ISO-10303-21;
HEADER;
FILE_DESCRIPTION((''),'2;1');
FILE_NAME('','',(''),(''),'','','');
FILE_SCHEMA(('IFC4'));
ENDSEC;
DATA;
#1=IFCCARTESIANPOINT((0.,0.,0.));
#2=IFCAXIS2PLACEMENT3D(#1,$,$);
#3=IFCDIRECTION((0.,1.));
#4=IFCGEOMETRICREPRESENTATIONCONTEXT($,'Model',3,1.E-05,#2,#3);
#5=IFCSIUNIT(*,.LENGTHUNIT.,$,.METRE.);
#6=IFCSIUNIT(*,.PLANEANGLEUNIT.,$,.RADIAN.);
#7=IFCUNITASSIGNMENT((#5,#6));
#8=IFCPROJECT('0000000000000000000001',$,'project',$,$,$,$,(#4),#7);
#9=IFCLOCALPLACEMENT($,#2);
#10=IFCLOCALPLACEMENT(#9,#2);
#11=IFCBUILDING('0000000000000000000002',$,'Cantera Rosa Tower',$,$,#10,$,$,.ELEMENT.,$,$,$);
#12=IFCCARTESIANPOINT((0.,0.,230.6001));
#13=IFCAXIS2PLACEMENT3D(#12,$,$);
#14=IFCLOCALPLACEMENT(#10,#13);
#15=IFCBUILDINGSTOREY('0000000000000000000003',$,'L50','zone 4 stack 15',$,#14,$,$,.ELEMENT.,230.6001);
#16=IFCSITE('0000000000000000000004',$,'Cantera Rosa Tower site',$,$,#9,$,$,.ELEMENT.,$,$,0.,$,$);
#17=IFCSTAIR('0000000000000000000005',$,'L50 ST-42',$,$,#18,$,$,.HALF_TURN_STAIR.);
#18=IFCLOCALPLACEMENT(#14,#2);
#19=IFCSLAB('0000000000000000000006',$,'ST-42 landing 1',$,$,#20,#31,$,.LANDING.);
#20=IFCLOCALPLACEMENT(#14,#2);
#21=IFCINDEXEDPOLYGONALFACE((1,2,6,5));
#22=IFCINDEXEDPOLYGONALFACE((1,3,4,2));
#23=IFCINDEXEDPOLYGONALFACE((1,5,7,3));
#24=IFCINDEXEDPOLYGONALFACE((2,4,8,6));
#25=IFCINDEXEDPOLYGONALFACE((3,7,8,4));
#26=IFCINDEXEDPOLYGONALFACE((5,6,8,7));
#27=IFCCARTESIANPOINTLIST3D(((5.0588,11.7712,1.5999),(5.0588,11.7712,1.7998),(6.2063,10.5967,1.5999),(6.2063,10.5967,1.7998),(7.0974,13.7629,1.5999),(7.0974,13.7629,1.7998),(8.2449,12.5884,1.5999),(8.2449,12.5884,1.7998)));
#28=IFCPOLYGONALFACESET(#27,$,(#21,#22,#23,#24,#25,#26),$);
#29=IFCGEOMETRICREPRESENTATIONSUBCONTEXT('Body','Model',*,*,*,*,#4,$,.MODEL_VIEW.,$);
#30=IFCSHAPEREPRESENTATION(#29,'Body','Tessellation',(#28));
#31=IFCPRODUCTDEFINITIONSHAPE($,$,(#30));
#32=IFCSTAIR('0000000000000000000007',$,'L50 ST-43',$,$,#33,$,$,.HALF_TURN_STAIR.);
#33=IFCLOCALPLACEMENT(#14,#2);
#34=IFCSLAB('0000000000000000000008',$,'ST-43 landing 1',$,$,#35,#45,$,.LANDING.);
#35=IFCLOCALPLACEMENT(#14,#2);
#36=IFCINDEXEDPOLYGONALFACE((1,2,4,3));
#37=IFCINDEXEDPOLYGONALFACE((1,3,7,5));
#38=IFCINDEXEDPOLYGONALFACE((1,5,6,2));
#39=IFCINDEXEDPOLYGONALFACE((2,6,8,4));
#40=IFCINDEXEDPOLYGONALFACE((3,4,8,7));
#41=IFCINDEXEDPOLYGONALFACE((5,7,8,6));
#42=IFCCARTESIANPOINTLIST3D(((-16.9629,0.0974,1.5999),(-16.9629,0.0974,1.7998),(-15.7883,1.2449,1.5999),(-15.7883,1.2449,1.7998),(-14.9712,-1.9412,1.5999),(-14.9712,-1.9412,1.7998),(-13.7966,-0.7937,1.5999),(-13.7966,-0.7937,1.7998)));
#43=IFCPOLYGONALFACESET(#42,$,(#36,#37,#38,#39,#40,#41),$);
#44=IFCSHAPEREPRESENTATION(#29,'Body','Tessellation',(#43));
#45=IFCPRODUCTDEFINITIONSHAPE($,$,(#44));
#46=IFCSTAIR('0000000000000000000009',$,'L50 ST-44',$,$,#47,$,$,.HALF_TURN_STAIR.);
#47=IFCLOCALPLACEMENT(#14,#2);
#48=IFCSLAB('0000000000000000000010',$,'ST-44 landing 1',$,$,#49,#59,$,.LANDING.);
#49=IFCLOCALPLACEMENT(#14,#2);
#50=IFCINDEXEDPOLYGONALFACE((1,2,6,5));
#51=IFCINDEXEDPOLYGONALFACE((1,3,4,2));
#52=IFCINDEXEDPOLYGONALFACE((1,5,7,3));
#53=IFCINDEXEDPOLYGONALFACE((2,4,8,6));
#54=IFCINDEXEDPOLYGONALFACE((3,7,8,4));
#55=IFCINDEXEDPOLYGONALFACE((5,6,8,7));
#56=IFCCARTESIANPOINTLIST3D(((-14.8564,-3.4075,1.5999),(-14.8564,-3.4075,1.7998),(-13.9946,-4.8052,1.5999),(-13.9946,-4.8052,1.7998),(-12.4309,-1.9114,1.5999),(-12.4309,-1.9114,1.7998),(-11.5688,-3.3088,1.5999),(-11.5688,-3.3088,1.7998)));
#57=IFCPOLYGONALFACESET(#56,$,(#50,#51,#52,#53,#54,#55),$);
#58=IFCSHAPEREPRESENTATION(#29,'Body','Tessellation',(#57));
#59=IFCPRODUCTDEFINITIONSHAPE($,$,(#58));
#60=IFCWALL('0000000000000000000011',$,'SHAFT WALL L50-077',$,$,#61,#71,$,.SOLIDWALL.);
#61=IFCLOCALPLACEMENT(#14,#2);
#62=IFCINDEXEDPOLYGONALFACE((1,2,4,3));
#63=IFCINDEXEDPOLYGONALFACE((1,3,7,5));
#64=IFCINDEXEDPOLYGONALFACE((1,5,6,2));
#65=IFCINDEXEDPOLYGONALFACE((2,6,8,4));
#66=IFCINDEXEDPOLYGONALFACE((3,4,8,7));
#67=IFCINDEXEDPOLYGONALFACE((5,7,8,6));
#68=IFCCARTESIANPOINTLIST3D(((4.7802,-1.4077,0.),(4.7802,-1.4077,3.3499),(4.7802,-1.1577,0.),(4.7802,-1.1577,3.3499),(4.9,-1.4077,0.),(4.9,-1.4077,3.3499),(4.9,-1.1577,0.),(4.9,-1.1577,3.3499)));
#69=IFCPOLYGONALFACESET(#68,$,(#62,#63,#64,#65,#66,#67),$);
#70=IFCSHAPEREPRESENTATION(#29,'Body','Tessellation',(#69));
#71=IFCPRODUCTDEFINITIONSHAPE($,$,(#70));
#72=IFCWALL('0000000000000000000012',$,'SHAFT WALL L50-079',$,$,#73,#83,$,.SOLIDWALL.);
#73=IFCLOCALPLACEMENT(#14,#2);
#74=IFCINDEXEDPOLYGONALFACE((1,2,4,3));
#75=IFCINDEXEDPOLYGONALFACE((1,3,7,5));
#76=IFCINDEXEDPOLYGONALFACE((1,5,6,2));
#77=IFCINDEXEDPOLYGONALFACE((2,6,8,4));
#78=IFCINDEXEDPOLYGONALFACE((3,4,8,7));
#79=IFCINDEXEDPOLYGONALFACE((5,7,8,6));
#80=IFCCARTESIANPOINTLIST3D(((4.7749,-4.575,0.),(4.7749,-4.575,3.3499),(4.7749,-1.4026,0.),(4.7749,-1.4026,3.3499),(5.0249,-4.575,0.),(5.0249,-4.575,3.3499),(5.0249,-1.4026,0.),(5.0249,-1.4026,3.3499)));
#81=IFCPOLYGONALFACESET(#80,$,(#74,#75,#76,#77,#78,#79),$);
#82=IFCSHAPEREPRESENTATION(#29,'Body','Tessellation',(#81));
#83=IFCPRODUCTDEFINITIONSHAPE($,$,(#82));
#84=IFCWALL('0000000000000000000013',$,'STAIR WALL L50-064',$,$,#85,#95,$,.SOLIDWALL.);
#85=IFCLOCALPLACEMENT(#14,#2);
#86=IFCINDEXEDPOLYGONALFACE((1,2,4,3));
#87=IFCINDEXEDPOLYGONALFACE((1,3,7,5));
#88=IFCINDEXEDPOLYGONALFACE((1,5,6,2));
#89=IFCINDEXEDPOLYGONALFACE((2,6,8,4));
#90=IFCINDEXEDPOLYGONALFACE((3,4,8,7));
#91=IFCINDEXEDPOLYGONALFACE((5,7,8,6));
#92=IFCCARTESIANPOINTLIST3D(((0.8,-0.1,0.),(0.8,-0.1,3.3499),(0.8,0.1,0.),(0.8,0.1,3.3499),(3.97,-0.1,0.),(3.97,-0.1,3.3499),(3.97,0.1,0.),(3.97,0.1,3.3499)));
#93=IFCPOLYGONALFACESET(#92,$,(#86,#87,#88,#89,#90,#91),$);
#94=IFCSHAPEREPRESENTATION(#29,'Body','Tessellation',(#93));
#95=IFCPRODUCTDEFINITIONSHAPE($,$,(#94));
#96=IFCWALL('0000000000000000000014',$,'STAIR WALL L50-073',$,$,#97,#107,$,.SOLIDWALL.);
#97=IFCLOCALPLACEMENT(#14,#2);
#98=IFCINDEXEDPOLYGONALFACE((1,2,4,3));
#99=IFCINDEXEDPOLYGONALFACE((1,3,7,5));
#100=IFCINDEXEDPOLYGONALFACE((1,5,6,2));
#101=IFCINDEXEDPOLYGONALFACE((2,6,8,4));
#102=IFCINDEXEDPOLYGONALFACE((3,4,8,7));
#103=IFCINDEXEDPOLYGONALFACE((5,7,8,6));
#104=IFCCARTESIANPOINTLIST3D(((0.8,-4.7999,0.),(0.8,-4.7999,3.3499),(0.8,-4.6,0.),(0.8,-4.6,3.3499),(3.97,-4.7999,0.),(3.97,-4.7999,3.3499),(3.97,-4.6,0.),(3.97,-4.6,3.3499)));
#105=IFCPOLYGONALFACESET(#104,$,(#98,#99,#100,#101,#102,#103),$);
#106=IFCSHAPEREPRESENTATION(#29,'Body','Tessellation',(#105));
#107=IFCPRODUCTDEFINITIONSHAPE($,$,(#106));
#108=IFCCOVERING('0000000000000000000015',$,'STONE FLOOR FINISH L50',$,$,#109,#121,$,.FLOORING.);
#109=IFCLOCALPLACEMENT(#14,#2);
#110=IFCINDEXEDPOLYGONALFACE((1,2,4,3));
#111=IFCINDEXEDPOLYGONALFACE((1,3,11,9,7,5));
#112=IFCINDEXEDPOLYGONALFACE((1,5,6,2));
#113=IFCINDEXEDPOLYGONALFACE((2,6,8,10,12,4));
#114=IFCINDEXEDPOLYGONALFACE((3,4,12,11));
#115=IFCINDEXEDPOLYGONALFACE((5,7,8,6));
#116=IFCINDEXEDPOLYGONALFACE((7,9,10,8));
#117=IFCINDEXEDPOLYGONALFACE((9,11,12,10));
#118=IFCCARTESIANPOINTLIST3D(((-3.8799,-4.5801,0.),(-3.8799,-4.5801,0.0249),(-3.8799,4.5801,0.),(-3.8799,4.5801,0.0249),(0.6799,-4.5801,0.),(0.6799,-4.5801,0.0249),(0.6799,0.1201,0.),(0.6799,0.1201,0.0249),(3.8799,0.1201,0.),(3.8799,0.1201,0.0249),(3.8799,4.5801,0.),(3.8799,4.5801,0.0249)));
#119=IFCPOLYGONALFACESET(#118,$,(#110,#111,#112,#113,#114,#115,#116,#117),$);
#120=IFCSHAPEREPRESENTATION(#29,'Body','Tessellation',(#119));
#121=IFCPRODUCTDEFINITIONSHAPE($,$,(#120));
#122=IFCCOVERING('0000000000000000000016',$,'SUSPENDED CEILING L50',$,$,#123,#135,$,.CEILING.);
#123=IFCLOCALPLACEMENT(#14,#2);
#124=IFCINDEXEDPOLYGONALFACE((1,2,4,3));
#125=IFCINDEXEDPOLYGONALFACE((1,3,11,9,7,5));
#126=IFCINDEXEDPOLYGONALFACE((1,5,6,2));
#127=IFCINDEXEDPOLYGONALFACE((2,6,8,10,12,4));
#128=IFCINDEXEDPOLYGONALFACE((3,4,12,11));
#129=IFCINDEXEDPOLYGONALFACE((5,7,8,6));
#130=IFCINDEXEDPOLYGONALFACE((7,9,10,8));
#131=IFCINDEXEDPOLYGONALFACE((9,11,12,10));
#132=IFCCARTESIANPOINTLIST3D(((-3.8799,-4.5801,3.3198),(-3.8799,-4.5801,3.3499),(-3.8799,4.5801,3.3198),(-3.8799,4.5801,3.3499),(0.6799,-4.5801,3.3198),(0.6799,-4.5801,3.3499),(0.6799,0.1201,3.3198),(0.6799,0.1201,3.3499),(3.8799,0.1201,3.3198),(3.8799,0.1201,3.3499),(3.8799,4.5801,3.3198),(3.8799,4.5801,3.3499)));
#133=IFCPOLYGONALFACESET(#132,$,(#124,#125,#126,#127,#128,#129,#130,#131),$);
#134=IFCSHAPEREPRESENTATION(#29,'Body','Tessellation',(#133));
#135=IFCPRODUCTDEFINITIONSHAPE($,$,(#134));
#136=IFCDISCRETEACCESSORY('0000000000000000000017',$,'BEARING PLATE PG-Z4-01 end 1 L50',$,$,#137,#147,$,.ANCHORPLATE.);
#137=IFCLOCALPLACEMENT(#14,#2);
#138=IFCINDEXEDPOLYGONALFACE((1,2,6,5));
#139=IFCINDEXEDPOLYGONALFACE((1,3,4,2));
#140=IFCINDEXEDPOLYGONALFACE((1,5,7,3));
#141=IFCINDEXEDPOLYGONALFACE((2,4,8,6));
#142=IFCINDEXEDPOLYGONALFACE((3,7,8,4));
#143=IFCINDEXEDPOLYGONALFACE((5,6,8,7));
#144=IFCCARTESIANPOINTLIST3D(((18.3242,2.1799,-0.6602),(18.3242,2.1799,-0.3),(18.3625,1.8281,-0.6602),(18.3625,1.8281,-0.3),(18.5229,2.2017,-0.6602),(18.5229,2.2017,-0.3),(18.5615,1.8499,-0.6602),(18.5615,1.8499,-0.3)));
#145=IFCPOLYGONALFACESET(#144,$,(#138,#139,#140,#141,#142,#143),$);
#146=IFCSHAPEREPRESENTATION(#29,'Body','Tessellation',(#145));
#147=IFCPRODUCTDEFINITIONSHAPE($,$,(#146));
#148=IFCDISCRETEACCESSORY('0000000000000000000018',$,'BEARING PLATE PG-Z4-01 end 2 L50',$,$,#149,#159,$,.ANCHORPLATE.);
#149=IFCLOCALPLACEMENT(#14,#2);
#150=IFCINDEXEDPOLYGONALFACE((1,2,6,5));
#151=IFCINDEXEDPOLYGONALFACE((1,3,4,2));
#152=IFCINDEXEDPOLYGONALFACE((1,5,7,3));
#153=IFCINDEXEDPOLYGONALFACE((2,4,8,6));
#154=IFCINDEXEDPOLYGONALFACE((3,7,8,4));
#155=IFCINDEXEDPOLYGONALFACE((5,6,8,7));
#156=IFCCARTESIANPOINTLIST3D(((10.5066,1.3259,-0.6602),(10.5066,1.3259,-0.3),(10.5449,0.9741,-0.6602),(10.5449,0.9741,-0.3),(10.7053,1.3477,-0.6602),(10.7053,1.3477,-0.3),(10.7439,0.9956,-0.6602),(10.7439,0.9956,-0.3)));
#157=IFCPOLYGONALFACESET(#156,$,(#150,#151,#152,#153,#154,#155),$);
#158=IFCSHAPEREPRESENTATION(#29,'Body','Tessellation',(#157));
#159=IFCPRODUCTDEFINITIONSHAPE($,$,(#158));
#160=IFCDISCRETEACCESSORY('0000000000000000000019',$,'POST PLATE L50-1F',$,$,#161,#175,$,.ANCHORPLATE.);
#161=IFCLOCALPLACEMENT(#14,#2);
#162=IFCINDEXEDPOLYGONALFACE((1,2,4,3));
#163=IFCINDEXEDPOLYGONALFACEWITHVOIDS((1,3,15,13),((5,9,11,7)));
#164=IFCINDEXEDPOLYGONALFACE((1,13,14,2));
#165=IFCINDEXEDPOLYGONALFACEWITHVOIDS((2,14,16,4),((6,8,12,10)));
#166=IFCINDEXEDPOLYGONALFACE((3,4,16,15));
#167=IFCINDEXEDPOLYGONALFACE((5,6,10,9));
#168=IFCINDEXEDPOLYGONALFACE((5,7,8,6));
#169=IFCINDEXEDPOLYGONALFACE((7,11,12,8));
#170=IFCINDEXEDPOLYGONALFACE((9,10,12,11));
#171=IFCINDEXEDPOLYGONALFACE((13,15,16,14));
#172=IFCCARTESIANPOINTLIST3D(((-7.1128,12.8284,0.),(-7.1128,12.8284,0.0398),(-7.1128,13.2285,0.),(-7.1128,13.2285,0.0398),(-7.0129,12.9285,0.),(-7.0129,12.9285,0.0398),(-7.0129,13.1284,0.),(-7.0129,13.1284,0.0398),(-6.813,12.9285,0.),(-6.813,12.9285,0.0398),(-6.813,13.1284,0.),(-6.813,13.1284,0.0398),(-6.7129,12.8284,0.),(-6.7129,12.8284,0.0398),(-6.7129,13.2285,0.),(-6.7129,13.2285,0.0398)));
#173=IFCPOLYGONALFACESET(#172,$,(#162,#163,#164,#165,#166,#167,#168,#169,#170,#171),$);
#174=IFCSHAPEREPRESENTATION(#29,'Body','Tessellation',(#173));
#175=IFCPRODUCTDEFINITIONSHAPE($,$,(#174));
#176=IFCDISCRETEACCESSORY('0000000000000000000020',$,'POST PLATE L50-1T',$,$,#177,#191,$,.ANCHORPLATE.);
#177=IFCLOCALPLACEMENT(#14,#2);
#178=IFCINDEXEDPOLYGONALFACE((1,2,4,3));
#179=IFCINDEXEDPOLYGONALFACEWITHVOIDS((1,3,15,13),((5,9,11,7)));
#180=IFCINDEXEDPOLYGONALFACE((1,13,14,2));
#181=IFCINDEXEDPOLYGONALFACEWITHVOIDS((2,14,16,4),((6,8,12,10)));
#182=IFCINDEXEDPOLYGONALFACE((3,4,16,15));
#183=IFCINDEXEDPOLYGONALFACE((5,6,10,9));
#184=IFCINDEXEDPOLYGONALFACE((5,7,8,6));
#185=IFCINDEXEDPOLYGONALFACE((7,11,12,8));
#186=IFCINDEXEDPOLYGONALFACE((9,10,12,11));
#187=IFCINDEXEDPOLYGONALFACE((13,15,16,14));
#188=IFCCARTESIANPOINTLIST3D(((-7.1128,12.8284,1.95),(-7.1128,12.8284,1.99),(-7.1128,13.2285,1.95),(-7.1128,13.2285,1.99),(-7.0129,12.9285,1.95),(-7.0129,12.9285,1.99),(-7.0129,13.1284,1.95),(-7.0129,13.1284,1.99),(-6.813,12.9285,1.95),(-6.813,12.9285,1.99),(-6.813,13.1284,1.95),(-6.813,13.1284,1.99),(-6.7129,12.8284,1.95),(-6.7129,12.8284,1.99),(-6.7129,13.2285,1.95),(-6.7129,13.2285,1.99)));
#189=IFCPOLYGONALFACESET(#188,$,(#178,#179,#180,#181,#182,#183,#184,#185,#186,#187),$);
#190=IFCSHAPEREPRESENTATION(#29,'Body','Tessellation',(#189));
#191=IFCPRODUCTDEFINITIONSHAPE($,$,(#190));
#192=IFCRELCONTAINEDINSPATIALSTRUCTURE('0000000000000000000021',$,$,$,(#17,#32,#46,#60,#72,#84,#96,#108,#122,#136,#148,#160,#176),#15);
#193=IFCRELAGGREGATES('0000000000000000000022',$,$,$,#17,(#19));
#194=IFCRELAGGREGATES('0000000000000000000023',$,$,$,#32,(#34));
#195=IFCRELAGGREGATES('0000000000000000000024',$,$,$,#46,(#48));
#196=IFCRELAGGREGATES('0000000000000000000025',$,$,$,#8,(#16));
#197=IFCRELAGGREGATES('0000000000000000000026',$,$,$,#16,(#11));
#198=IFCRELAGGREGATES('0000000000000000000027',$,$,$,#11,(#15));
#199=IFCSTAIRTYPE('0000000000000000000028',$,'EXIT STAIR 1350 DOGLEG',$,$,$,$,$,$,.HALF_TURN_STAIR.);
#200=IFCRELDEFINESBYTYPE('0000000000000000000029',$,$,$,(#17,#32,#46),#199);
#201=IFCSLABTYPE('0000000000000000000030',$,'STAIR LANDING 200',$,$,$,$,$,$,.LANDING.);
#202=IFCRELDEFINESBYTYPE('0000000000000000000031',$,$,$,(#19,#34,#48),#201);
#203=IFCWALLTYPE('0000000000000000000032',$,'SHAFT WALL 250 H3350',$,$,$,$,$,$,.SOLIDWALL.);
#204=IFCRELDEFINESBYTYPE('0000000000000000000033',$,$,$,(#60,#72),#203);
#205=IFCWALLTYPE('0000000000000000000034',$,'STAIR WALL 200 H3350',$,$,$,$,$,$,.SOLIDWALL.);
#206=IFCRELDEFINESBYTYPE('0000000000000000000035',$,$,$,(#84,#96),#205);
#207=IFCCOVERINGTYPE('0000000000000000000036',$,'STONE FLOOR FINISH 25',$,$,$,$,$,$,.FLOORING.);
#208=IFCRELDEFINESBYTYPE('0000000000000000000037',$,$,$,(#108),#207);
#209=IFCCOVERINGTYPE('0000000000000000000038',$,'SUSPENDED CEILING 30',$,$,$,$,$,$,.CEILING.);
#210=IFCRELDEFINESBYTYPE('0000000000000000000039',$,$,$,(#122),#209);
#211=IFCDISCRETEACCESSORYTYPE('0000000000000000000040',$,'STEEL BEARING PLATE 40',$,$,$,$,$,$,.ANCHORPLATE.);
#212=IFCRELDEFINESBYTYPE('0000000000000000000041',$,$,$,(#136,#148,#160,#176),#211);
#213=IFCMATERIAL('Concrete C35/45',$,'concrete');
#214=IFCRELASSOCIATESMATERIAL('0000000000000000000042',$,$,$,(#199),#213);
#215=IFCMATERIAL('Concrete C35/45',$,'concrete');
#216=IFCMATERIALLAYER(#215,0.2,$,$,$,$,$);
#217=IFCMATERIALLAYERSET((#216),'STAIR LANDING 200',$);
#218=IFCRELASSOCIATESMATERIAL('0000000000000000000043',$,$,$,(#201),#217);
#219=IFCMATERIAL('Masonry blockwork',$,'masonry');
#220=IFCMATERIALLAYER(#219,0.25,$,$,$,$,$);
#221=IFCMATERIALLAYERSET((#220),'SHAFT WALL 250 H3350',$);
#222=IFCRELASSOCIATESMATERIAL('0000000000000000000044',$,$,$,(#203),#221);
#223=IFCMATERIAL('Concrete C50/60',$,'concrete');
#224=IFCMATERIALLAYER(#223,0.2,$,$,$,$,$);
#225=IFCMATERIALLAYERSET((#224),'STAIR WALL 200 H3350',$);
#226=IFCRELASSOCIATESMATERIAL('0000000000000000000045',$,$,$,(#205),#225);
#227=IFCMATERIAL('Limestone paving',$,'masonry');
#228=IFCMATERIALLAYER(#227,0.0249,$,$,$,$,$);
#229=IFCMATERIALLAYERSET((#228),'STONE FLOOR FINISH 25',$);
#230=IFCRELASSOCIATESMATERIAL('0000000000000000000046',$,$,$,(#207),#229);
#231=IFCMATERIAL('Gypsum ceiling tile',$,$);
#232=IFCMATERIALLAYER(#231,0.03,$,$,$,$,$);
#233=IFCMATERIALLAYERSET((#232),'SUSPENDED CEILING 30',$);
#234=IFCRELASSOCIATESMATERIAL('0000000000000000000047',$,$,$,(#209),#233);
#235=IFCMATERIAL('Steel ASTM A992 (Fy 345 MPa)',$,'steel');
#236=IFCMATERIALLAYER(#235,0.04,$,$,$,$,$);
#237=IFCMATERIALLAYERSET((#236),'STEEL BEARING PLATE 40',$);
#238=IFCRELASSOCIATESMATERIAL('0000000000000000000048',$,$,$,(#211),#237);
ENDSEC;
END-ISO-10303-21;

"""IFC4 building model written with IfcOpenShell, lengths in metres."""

from ifc_helpers import new_model, si_unit, direction, frame, frame_2d, origin, place, context, subcontext, project, spatial, polyline, rectangle, outline, extrude, material, layer, layer_set, type_object, element, aggregate, save


model = new_model("IFC4")

# Units and contexts
model_context = context("Model", 3, precision=1e-05, world=origin(), true_north=direction((0.0, 1.0)))
body_context = subcontext(model_context, "Body", "Model", "MODEL_VIEW")
ifc_project = project(units=[si_unit("LENGTHUNIT", "METRE"), si_unit("PLANEANGLEUNIT", "RADIAN")], contexts=[model_context])

# Site, building, storey
site_placement = place(None, origin())
site = spatial("IfcSite", under=ifc_project, at=site_placement, Name="Cantera Rosa Tower site", CompositionType="ELEMENT", RefElevation=0.0)
building_placement = place(site_placement, origin())
building = spatial("IfcBuilding", under=site, at=building_placement, Name="Cantera Rosa Tower", CompositionType="ELEMENT")
storey_placement = place(building_placement, frame((0.0, 0.0, 230.6001)))
storey = spatial("IfcBuildingStorey", under=building, at=storey_placement, Name="L50", Description="zone 4 stack 15", CompositionType="ELEMENT", Elevation=230.6001)

# Stairs, slabs
ifc_material_1 = material(Name="Concrete C35/45", Category="concrete")
stair_type = type_object("IfcStairType", Name="EXIT STAIR 1350 DOGLEG", PredefinedType="HALF_TURN_STAIR", material=ifc_material_1)
ifc_material_2 = material(Name="Concrete C35/45", Category="concrete")
ifc_layer_1 = layer(ifc_material_2, 0.2)
ifc_layer_set_1 = layer_set([ifc_layer_1], Name="STAIR LANDING 200")
slab_type_1 = type_object("IfcSlabType", Name="STAIR LANDING 200", PredefinedType="LANDING", material=ifc_layer_set_1)
stair_1_placement = place(storey_placement, origin())
stair_1 = element("IfcStair", 1, at=stair_1_placement, inside=storey, type_object=stair_type, Name="L50 ST-42", PredefinedType="HALF_TURN_STAIR")
slab_1_placement = place(storey_placement, frame((0.0, 0.0, 1.5999)))
slab_1 = element("IfcSlab", 2, at=slab_1_placement, type_object=slab_type_1, Name="ST-42 landing 1", PredefinedType="LANDING", context=body_context, shape_type="SweptSolid", body=[
    extrude(outline(polyline([(8.2449, 12.5884), (7.0974, 13.7629), (5.0588, 11.7712), (6.2063, 10.5967), (8.2449, 12.5884)])), origin(), (0.0, 0.0, 1.0), 0.2),
])
aggregate(stair_1, [slab_1])
stair_2_placement = place(storey_placement, origin())
stair_2 = element("IfcStair", 3, at=stair_2_placement, inside=storey, type_object=stair_type, Name="L50 ST-43", PredefinedType="HALF_TURN_STAIR")
slab_2_placement = place(storey_placement, frame((0.0, 0.0, 1.5999)))
slab_2 = element("IfcSlab", 4, at=slab_2_placement, type_object=slab_type_1, Name="ST-43 landing 1", PredefinedType="LANDING", context=body_context, shape_type="SweptSolid", body=[
    extrude(outline(polyline([(-15.7883, 1.2449), (-16.9629, 0.0974), (-14.9712, -1.9412), (-13.7966, -0.7937), (-15.7883, 1.2449)])), origin(), (0.0, 0.0, 1.0), 0.2),
])
aggregate(stair_2, [slab_2])
stair_3_placement = place(storey_placement, origin())
stair_3 = element("IfcStair", 5, at=stair_3_placement, inside=storey, type_object=stair_type, Name="L50 ST-44", PredefinedType="HALF_TURN_STAIR")
slab_3_placement = place(storey_placement, frame((0.0, 0.0, 1.5999)))
slab_3 = element("IfcSlab", 6, at=slab_3_placement, type_object=slab_type_1, Name="ST-44 landing 1", PredefinedType="LANDING", context=body_context, shape_type="SweptSolid", body=[
    extrude(outline(polyline([(-11.5688, -3.3088), (-12.4309, -1.9114), (-14.8564, -3.4075), (-13.9946, -4.8052), (-11.5688, -3.3088)])), origin(), (0.0, 0.0, 1.0), 0.2),
])
aggregate(stair_3, [slab_3])

# Walls
ifc_material_3 = material(Name="Masonry blockwork", Category="masonry")
ifc_layer_2 = layer(ifc_material_3, 0.25)
ifc_layer_set_2 = layer_set([ifc_layer_2], Name="SHAFT WALL 250 H3350")
wall_type_1 = type_object("IfcWallType", Name="SHAFT WALL 250 H3350", PredefinedType="SOLIDWALL", material=ifc_layer_set_2)
wall_1_placement = place(storey_placement, frame((4.78, -1.2827, 0.0), z_axis=(0.0, 0.0, 1.0), x_axis=(1.0, 0.0, 0.0)))
element("IfcWall", 7, at=wall_1_placement, inside=storey, type_object=wall_type_1, Name="SHAFT WALL L50-077", PredefinedType="SOLIDWALL", context=body_context, shape_type="SweptSolid", body=[
    extrude(rectangle(XDim=0.1199, YDim=0.25, at=frame_2d((0.0601, 0.0))), origin(), (0.0, 0.0, 1.0), 3.3499),
])
wall_2_placement = place(storey_placement, frame((4.8999, -1.4026, 0.0), z_axis=(0.0, 0.0, 1.0), x_axis=(0.0, -1.0, 0.0)))
element("IfcWall", 8, at=wall_2_placement, inside=storey, type_object=wall_type_1, Name="SHAFT WALL L50-079", PredefinedType="SOLIDWALL", context=body_context, shape_type="SweptSolid", body=[
    extrude(rectangle(XDim=3.1724, YDim=0.25, at=frame_2d((1.5862, 0.0))), origin(), (0.0, 0.0, 1.0), 3.3499),
])
ifc_material_4 = material(Name="Concrete C50/60", Category="concrete")
ifc_layer_3 = layer(ifc_material_4, 0.2)
ifc_layer_set_3 = layer_set([ifc_layer_3], Name="STAIR WALL 200 H3350")
wall_type_2 = type_object("IfcWallType", Name="STAIR WALL 200 H3350", PredefinedType="SOLIDWALL", material=ifc_layer_set_3)
for number, where, z_axis, x_axis, name in (
    (9, (0.8, 0.0, 0.0), (0.0, 0.0, 1.0), (1.0, 0.0, 0.0), "STAIR WALL L50-064"),
    (10, (3.97, -4.7, 0.0), (0.0, 0.0, 1.0), (-1.0, 0.0, 0.0), "STAIR WALL L50-073"),
):
    element("IfcWall", number, at=place(storey_placement, frame(where, z_axis=z_axis, x_axis=x_axis)), inside=storey, type_object=wall_type_2, Name=name, PredefinedType="SOLIDWALL", context=body_context, shape_type="SweptSolid", body=[
        extrude(rectangle(XDim=3.1699, YDim=0.2, at=frame_2d((1.585, 0.0))), origin(), (0.0, 0.0, 1.0), 3.3499),
    ])

# Coverings
ifc_material_5 = material(Name="Limestone paving", Category="masonry")
ifc_layer_4 = layer(ifc_material_5, 0.0249)
ifc_layer_set_4 = layer_set([ifc_layer_4], Name="STONE FLOOR FINISH 25")
covering_type_1 = type_object("IfcCoveringType", Name="STONE FLOOR FINISH 25", PredefinedType="FLOORING", material=ifc_layer_set_4)
covering_1_placement = place(storey_placement, origin())
element("IfcCovering", 11, at=covering_1_placement, inside=storey, type_object=covering_type_1, Name="STONE FLOOR FINISH L50", PredefinedType="FLOORING", context=body_context, shape_type="SweptSolid", body=[
    extrude(outline(polyline([(3.8799, 4.5801), (3.8799, 0.1201), (0.6799, 0.1201), (0.6799, -4.5801), (-3.8799, -4.5801), (-3.8799, 4.5801), (3.8799, 4.5801)])), origin(), (0.0, 0.0, 1.0), 0.0249),
])
ifc_material_6 = material(Name="Gypsum ceiling tile")
ifc_layer_5 = layer(ifc_material_6, 0.03)
ifc_layer_set_5 = layer_set([ifc_layer_5], Name="SUSPENDED CEILING 30")
covering_type_2 = type_object("IfcCoveringType", Name="SUSPENDED CEILING 30", PredefinedType="CEILING", material=ifc_layer_set_5)
covering_2_placement = place(storey_placement, frame((0.0, 0.0, 3.3198)))
element("IfcCovering", 12, at=covering_2_placement, inside=storey, type_object=covering_type_2, Name="SUSPENDED CEILING L50", PredefinedType="CEILING", context=body_context, shape_type="SweptSolid", body=[
    extrude(outline(polyline([(3.8799, 4.5801), (3.8799, 0.1201), (0.6799, 0.1201), (0.6799, -4.5801), (-3.8799, -4.5801), (-3.8799, 4.5801), (3.8799, 4.5801)])), origin(), (0.0, 0.0, 1.0), 0.03),
])

# Discrete accessories
ifc_material_7 = material(Name="Steel ASTM A992 (Fy 345 MPa)", Category="steel")
ifc_layer_6 = layer(ifc_material_7, 0.04)
ifc_layer_set_6 = layer_set([ifc_layer_6], Name="STEEL BEARING PLATE 40")
discrete_accessory_type = type_object("IfcDiscreteAccessoryType", Name="STEEL BEARING PLATE 40", PredefinedType="ANCHORPLATE", material=ifc_layer_set_6)
discrete_accessory_1_placement = place(storey_placement, frame((0.0, 0.0, -0.6602)))
element("IfcDiscreteAccessory", 13, at=discrete_accessory_1_placement, inside=storey, type_object=discrete_accessory_type, Name="BEARING PLATE PG-Z4-01 end 1 L50", PredefinedType="ANCHORPLATE", context=body_context, shape_type="SweptSolid", body=[
    extrude(outline(polyline([(18.3625, 1.8281), (18.5615, 1.8499), (18.5229, 2.2017), (18.3242, 2.1799), (18.3625, 1.8281)])), origin(), (0.0, 0.0, 1.0), 0.3601),
])
discrete_accessory_2_placement = place(storey_placement, frame((0.0, 0.0, -0.6602)))
element("IfcDiscreteAccessory", 14, at=discrete_accessory_2_placement, inside=storey, type_object=discrete_accessory_type, Name="BEARING PLATE PG-Z4-01 end 2 L50", PredefinedType="ANCHORPLATE", context=body_context, shape_type="SweptSolid", body=[
    extrude(outline(polyline([(10.7053, 1.3477), (10.5066, 1.3259), (10.5449, 0.9741), (10.7439, 0.9956), (10.7053, 1.3477)])), origin(), (0.0, 0.0, 1.0), 0.3601),
])
discrete_accessory_3_placement = place(storey_placement, origin())
element("IfcDiscreteAccessory", 15, at=discrete_accessory_3_placement, inside=storey, type_object=discrete_accessory_type, Name="POST PLATE L50-1F", PredefinedType="ANCHORPLATE", context=body_context, shape_type="SweptSolid", body=[
    extrude(outline(polyline([(-7.1128, 12.8284), (-6.7129, 12.8284), (-6.7129, 13.2285), (-7.1128, 13.2285), (-7.1128, 12.8284)]), holes=[polyline([(-7.0129, 12.9285), (-6.813, 12.9285), (-6.813, 13.1284), (-7.0129, 13.1284), (-7.0129, 12.9285)])]), origin(), (0.0, 0.0, 1.0), 0.0398),
])
discrete_accessory_4_placement = place(storey_placement, frame((0.0, 0.0, 1.95)))
element("IfcDiscreteAccessory", 16, at=discrete_accessory_4_placement, inside=storey, type_object=discrete_accessory_type, Name="POST PLATE L50-1T", PredefinedType="ANCHORPLATE", context=body_context, shape_type="SweptSolid", body=[
    extrude(outline(polyline([(-7.1128, 12.8284), (-6.7129, 12.8284), (-6.7129, 13.2285), (-7.1128, 13.2285), (-7.1128, 12.8284)]), holes=[polyline([(-7.0129, 12.9285), (-6.813, 12.9285), (-6.813, 13.1284), (-7.0129, 13.1284), (-7.0129, 12.9285)])]), origin(), (0.0, 0.0, 1.0), 0.04),
])

save(model, "model.ifc")
